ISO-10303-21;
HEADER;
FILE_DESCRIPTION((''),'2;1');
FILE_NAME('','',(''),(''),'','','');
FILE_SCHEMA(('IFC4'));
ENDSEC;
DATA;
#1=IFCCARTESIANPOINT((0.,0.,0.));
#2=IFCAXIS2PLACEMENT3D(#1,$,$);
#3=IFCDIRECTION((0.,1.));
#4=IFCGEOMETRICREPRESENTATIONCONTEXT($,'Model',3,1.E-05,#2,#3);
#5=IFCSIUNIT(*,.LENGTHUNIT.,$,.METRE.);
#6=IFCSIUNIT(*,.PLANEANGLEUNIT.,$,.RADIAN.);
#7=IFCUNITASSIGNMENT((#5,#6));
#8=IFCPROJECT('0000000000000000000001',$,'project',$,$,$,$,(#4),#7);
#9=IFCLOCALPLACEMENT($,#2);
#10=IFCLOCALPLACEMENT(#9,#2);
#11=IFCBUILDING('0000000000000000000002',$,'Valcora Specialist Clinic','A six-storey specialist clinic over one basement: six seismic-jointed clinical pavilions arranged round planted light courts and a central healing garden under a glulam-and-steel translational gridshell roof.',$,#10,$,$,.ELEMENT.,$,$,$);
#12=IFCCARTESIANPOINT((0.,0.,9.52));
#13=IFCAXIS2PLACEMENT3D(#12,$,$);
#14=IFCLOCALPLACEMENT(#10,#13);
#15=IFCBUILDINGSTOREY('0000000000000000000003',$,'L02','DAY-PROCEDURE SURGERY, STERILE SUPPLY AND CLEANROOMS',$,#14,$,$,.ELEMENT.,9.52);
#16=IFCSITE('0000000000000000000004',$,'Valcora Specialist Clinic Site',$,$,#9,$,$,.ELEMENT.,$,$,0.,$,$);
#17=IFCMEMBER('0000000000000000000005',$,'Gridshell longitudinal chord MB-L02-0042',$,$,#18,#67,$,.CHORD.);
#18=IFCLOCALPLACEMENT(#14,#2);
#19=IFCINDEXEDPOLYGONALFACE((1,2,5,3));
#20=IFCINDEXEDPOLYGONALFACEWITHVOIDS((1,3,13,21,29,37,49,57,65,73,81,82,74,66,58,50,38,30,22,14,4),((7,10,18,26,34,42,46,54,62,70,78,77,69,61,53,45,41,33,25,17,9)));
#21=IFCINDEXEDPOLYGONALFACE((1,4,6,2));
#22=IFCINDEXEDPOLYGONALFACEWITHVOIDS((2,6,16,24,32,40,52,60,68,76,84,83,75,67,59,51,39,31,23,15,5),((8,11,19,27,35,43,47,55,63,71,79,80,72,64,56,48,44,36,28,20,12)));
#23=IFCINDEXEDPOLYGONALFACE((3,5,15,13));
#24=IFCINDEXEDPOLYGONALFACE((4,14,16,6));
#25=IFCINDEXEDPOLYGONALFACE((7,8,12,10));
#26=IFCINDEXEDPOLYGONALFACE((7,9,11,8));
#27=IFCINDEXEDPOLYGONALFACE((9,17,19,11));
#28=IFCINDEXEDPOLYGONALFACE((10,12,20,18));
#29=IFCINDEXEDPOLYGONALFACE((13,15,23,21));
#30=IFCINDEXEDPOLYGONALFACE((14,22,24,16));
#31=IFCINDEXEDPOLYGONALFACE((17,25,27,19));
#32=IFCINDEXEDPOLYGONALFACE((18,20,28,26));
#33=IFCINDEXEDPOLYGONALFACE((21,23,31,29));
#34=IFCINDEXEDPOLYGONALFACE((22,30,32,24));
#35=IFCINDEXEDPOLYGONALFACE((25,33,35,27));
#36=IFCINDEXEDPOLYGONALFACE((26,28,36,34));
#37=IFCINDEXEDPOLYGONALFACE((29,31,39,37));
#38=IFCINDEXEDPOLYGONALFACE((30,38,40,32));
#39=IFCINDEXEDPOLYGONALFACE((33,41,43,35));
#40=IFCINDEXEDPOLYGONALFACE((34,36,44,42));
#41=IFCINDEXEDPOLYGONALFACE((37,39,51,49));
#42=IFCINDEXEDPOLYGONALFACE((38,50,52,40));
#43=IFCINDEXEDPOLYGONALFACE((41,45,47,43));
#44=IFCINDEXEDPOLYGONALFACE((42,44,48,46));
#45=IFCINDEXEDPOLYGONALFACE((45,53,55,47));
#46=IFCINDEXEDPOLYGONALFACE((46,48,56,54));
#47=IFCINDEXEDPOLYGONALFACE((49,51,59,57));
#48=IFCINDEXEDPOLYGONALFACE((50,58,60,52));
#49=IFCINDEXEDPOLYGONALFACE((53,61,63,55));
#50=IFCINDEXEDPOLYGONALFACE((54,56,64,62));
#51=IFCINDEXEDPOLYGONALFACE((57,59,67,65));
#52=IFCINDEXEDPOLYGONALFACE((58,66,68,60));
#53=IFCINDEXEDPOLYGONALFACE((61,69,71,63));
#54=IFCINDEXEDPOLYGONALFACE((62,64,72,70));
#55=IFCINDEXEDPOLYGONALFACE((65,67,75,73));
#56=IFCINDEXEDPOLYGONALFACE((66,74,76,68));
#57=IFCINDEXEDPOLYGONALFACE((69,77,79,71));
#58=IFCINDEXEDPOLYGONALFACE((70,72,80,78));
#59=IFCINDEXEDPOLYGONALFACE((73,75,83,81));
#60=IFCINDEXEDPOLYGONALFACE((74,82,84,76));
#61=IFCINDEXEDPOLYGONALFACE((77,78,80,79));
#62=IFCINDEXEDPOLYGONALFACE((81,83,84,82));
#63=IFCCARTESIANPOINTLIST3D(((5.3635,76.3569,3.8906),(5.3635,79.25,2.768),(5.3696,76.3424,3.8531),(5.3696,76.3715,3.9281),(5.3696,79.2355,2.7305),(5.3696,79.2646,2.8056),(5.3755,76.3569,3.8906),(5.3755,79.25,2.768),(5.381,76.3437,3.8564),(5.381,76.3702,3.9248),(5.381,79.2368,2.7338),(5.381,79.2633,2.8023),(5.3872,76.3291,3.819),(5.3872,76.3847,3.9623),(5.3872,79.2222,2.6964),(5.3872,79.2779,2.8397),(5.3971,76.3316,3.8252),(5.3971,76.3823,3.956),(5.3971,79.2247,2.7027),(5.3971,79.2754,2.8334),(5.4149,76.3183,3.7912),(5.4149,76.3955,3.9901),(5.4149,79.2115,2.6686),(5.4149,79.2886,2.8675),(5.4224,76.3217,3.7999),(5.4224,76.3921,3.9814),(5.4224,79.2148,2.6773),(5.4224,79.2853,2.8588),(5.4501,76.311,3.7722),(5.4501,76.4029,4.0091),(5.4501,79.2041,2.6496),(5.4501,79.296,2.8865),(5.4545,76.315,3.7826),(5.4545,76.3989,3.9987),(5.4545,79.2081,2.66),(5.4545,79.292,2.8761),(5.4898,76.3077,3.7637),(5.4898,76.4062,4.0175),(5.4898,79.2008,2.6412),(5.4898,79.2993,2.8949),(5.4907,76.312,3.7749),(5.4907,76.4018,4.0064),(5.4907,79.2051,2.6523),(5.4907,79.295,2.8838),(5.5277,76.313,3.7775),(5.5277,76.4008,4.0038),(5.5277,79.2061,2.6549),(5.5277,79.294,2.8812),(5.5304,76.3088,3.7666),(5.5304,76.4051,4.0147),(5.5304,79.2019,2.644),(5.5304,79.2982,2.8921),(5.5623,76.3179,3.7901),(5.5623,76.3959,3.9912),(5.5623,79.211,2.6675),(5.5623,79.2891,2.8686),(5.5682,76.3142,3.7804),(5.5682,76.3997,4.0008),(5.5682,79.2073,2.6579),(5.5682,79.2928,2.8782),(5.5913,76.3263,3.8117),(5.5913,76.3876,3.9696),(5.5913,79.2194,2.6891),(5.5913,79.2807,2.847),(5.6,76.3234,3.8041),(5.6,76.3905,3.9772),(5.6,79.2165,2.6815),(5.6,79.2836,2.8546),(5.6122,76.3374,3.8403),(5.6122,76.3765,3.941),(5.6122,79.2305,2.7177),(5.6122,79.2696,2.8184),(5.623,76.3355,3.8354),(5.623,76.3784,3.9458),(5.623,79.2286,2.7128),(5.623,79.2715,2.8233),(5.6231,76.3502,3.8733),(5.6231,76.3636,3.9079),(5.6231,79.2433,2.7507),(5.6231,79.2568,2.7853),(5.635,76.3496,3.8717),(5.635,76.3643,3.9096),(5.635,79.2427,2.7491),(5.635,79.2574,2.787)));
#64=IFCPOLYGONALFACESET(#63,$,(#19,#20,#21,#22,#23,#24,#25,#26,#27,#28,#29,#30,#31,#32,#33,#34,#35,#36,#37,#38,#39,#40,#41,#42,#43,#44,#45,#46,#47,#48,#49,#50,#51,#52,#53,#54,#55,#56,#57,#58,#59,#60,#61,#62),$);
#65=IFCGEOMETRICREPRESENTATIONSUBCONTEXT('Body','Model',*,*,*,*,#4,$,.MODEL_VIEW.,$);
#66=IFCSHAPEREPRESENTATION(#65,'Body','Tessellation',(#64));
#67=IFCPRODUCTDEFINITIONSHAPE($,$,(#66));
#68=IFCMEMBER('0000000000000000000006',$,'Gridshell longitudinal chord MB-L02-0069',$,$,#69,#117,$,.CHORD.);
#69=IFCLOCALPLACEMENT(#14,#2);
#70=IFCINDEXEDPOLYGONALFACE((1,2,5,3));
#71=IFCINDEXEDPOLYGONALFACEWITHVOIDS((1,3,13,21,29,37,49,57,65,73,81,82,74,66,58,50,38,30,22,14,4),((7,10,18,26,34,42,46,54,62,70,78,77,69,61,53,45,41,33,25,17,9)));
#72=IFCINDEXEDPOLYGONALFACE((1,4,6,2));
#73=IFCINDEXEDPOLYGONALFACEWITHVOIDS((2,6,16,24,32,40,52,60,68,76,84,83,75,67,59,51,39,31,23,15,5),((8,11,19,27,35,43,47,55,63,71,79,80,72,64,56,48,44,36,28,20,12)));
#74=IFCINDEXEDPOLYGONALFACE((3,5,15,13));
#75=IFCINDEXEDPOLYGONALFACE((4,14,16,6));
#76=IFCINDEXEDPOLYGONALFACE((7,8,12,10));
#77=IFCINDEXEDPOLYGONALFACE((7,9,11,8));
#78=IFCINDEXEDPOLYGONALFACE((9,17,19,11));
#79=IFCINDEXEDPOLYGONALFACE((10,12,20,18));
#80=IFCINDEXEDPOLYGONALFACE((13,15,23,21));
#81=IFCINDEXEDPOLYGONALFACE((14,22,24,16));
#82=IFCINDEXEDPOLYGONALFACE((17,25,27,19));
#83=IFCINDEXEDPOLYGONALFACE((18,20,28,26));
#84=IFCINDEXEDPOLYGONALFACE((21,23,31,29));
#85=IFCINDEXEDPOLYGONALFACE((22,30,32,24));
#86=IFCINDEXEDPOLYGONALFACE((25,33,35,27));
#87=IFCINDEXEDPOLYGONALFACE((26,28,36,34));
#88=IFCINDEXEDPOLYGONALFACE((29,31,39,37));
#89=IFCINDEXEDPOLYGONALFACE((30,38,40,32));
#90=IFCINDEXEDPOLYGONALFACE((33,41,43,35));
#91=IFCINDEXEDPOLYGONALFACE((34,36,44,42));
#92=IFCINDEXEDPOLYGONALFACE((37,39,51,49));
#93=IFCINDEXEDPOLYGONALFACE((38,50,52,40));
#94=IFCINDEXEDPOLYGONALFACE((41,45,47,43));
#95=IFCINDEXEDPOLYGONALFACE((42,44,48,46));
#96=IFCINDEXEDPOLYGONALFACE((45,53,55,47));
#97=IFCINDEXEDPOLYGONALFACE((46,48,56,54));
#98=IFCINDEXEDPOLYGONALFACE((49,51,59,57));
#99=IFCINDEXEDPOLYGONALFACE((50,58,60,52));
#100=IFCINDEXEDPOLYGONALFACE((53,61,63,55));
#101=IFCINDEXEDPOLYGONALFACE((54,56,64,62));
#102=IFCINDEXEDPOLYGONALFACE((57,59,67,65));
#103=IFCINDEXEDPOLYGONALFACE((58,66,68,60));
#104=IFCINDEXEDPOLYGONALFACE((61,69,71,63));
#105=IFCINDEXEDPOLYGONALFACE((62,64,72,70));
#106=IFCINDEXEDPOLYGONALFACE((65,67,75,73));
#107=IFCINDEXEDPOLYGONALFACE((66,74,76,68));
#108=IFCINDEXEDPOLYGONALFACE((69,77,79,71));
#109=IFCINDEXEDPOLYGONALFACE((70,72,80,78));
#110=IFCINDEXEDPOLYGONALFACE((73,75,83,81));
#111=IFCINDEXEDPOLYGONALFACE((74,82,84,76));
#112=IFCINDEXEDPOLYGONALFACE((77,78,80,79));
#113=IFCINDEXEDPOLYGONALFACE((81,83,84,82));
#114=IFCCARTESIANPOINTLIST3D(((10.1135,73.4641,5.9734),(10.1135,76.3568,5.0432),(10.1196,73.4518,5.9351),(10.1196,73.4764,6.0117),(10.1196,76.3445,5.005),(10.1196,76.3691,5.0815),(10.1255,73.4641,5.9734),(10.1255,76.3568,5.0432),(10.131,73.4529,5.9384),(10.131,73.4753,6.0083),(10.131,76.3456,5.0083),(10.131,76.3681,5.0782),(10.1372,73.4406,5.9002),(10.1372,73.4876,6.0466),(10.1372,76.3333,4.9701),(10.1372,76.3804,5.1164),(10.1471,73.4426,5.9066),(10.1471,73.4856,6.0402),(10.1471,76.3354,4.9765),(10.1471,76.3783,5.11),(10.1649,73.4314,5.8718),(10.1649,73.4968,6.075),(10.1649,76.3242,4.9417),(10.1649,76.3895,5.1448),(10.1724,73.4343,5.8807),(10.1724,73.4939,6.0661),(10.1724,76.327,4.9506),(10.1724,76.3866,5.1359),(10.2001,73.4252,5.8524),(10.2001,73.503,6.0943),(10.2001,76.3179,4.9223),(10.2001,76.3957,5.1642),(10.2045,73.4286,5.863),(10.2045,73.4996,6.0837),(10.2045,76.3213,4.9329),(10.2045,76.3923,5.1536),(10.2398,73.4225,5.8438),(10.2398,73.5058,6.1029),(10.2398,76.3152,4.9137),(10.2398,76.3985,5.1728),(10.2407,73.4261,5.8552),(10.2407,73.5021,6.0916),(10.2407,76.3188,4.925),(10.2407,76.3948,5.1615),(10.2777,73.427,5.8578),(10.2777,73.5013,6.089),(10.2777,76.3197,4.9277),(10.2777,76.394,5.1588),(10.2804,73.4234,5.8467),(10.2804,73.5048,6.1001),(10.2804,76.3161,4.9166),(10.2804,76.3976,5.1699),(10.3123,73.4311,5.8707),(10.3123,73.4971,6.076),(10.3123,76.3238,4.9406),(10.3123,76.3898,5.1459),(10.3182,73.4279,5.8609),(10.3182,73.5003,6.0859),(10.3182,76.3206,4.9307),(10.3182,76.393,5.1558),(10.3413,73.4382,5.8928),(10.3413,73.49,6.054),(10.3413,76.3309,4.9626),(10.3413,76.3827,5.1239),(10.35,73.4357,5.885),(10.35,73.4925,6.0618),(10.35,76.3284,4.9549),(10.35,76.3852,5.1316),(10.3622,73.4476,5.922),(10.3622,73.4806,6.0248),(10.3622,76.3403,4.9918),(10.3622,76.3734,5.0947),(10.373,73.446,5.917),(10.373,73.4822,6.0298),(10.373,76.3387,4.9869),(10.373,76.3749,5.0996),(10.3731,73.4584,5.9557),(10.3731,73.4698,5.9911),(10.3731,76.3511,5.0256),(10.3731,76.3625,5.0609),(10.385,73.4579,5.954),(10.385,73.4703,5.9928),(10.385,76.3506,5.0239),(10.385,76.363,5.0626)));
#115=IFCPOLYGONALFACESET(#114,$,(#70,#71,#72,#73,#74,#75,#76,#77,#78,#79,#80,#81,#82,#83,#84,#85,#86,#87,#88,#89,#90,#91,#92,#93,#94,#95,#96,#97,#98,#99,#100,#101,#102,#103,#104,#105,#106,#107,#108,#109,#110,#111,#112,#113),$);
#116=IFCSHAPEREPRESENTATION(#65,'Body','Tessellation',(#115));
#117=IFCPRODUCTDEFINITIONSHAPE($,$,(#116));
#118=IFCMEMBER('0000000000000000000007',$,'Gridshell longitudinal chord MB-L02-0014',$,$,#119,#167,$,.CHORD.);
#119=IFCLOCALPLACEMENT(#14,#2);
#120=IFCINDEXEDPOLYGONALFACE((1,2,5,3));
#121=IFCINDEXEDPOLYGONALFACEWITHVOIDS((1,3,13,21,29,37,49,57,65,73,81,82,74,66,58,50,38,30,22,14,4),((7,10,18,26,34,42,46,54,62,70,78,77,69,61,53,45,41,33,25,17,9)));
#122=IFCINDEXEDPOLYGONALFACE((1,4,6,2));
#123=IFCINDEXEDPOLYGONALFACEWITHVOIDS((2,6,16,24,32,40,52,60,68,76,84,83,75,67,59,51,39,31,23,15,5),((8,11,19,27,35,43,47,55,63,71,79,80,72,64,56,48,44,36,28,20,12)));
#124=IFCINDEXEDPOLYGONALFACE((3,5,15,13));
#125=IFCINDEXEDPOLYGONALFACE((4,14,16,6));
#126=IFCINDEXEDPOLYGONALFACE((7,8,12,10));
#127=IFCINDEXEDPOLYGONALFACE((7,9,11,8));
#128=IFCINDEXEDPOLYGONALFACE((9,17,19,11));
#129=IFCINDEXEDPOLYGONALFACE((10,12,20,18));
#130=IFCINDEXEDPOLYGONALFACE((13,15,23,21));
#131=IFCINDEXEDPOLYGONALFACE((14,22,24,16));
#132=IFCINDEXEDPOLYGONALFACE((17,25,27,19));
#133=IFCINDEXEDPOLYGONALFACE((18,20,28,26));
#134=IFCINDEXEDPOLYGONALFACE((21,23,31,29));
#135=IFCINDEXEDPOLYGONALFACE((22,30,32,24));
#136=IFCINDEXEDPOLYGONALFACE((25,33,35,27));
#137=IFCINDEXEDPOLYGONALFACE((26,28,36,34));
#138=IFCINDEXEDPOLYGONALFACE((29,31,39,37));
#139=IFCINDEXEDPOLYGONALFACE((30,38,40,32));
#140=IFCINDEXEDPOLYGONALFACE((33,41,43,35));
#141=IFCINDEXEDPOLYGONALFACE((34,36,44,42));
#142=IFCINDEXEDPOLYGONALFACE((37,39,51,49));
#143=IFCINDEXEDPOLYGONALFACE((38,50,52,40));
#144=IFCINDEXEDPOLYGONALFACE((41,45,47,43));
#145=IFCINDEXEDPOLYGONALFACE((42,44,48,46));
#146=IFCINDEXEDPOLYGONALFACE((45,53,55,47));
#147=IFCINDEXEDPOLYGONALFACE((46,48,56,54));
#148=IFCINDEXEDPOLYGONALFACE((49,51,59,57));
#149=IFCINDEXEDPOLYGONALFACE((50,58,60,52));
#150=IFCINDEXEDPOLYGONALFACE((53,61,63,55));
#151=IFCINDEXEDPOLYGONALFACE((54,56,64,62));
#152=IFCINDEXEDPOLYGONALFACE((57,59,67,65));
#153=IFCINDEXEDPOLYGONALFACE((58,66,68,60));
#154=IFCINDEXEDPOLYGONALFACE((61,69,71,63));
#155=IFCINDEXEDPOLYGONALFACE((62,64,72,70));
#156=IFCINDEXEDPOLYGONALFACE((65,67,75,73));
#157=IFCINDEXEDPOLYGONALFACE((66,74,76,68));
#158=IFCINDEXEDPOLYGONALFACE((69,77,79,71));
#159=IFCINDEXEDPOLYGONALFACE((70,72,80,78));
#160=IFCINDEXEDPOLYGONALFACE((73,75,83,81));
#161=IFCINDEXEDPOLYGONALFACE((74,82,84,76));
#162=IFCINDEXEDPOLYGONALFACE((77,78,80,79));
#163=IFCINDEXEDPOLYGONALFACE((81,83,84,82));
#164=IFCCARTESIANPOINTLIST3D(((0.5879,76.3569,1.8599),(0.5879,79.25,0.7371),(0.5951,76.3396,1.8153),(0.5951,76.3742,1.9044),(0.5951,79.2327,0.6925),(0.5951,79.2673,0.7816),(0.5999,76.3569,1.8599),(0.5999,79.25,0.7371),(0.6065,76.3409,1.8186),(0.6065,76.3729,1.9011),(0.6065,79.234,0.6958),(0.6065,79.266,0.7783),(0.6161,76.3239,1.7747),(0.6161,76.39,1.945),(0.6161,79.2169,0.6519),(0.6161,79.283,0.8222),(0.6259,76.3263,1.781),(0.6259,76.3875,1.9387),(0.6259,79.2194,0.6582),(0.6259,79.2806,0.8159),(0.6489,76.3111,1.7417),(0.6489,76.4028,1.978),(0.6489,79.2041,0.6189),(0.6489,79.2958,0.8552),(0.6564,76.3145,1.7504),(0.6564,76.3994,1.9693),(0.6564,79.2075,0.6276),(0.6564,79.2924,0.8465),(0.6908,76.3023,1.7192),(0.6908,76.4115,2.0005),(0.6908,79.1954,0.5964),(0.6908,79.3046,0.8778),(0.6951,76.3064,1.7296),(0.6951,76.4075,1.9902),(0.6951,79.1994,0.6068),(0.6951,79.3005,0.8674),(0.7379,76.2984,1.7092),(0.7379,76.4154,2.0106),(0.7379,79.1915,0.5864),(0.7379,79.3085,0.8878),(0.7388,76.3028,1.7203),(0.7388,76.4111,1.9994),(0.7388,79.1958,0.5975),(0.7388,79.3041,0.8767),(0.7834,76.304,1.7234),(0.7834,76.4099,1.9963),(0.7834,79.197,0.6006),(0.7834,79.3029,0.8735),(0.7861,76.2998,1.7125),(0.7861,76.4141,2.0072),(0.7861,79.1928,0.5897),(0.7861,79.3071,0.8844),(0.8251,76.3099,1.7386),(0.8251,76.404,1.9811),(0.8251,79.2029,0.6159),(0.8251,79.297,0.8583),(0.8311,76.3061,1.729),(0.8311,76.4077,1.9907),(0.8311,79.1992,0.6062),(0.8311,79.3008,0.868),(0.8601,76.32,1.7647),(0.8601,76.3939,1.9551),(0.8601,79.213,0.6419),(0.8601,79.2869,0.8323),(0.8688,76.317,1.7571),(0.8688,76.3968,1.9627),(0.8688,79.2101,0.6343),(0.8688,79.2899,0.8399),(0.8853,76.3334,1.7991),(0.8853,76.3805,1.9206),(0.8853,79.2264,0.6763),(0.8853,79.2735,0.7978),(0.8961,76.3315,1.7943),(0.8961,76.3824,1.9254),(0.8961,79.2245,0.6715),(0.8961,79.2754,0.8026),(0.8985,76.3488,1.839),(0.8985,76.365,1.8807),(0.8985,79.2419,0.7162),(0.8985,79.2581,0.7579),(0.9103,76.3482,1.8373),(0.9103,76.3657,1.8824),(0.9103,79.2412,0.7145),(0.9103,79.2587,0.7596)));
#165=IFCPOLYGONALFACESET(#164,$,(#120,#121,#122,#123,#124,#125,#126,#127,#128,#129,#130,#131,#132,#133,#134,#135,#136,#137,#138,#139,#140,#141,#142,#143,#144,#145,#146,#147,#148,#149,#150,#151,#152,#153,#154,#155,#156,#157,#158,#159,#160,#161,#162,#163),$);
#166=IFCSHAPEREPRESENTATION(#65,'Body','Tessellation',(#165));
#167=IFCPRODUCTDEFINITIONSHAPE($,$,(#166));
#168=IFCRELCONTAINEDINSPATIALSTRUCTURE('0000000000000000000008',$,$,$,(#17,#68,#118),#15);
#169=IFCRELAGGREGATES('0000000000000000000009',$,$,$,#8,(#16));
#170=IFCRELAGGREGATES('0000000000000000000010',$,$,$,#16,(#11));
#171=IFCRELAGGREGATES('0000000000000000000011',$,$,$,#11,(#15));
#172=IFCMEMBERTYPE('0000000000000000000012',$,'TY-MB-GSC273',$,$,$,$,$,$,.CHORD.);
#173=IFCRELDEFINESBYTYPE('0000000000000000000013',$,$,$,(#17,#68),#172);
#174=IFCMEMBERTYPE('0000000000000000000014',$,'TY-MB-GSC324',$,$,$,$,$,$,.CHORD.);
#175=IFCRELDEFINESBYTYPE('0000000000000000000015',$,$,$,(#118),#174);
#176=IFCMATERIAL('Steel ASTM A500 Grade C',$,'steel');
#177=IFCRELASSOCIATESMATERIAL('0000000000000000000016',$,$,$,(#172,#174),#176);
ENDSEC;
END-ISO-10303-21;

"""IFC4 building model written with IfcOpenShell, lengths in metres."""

from ifc_helpers import new_model, si_unit, direction, frame, origin, origin_2d, place, context, subcontext, project, spatial, hollow_circle, extrude, material, material_profile, profile_set, type_object, element, save


model = new_model("IFC4")

# Units and contexts
model_context = context("Model", 3, precision=1e-05, world=origin(), true_north=direction((0.0, 1.0)))
body_context = subcontext(model_context, "Body", "Model", "MODEL_VIEW")
ifc_project = project(units=[si_unit("LENGTHUNIT", "METRE"), si_unit("PLANEANGLEUNIT", "RADIAN")], contexts=[model_context])

# Site, building, storey
site_placement = place(None, origin())
site = spatial("IfcSite", under=ifc_project, at=site_placement, Name="Valcora Specialist Clinic Site", CompositionType="ELEMENT", RefElevation=0.0)
building_placement = place(site_placement, origin())
building = spatial("IfcBuilding", under=site, at=building_placement, Name="Valcora Specialist Clinic", Description="A six-storey specialist clinic over one basement: six seismic-jointed clinical pavilions arranged round planted light courts and a central healing garden under a glulam-and-steel translational gridshell roof.", CompositionType="ELEMENT")
storey_placement = place(building_placement, frame((0.0, 0.0, 9.52)))
storey = spatial("IfcBuildingStorey", under=building, at=storey_placement, Name="L02", Description="DAY-PROCEDURE SURGERY, STERILE SUPPLY AND CLEANROOMS", CompositionType="ELEMENT", Elevation=9.52)

# Members
ifc_material_1 = material(Name="Steel ASTM A500 Grade C", Category="steel")
ifc_material_profile_1 = material_profile(ifc_material_1, hollow_circle(Radius=0.1365, WallThickness=0.012, at=origin_2d()), Name="ST-CHS-273X12")
ifc_profile_set_1 = profile_set([ifc_material_profile_1], Name="Steel ASTM A500 Grade C")
member_type_1 = type_object("IfcMemberType", Name="TY-MB-GSC273", PredefinedType="CHORD", material=ifc_profile_set_1)
member_1_placement = place(storey_placement, frame((5.5, 76.3569, 3.8906), z_axis=(0.0, 0.932279, -0.36174), x_axis=(-1.0, 0.0, 0.0)))
element("IfcMember", 1, at=member_1_placement, inside=storey, type_object=member_type_1, Name="Gridshell longitudinal chord MB-L02-0042", PredefinedType="CHORD", context=body_context, shape_type="SweptSolid", body=[
    extrude(hollow_circle(Radius=0.1365, WallThickness=0.012, at=origin_2d()), origin(), (0.0, 0.0, 1.0), 3.1033),
])
member_2_placement = place(storey_placement, frame((10.25, 73.4641, 5.9734), z_axis=(0.0, 0.951996, -0.306111), x_axis=(-1.0, 0.0, 0.0)))
element("IfcMember", 2, at=member_2_placement, inside=storey, type_object=member_type_1, Name="Gridshell longitudinal chord MB-L02-0069", PredefinedType="CHORD", context=body_context, shape_type="SweptSolid", body=[
    extrude(hollow_circle(Radius=0.1365, WallThickness=0.012, at=origin_2d()), origin(), (0.0, 0.0, 1.0), 3.0386),
])
ifc_material_profile_2 = material_profile(ifc_material_1, hollow_circle(Radius=0.1621, WallThickness=0.012, at=origin_2d()), Name="ST-CHS-324X12")
ifc_profile_set_2 = profile_set([ifc_material_profile_2], Name="Steel ASTM A500 Grade C")
member_type_2 = type_object("IfcMemberType", Name="TY-MB-GSC324", PredefinedType="CHORD", material=ifc_profile_set_2)
member_3_placement = place(storey_placement, frame((0.75, 76.3569, 1.8599), z_axis=(0.0, 0.932252, -0.361808), x_axis=(-1.0, 0.0, 0.0)))
element("IfcMember", 3, at=member_3_placement, inside=storey, type_object=member_type_2, Name="Gridshell longitudinal chord MB-L02-0014", PredefinedType="CHORD", context=body_context, shape_type="SweptSolid", body=[
    extrude(hollow_circle(Radius=0.1621, WallThickness=0.012, at=origin_2d()), origin(), (0.0, 0.0, 1.0), 3.1033),
])

save(model, "model.ifc")
